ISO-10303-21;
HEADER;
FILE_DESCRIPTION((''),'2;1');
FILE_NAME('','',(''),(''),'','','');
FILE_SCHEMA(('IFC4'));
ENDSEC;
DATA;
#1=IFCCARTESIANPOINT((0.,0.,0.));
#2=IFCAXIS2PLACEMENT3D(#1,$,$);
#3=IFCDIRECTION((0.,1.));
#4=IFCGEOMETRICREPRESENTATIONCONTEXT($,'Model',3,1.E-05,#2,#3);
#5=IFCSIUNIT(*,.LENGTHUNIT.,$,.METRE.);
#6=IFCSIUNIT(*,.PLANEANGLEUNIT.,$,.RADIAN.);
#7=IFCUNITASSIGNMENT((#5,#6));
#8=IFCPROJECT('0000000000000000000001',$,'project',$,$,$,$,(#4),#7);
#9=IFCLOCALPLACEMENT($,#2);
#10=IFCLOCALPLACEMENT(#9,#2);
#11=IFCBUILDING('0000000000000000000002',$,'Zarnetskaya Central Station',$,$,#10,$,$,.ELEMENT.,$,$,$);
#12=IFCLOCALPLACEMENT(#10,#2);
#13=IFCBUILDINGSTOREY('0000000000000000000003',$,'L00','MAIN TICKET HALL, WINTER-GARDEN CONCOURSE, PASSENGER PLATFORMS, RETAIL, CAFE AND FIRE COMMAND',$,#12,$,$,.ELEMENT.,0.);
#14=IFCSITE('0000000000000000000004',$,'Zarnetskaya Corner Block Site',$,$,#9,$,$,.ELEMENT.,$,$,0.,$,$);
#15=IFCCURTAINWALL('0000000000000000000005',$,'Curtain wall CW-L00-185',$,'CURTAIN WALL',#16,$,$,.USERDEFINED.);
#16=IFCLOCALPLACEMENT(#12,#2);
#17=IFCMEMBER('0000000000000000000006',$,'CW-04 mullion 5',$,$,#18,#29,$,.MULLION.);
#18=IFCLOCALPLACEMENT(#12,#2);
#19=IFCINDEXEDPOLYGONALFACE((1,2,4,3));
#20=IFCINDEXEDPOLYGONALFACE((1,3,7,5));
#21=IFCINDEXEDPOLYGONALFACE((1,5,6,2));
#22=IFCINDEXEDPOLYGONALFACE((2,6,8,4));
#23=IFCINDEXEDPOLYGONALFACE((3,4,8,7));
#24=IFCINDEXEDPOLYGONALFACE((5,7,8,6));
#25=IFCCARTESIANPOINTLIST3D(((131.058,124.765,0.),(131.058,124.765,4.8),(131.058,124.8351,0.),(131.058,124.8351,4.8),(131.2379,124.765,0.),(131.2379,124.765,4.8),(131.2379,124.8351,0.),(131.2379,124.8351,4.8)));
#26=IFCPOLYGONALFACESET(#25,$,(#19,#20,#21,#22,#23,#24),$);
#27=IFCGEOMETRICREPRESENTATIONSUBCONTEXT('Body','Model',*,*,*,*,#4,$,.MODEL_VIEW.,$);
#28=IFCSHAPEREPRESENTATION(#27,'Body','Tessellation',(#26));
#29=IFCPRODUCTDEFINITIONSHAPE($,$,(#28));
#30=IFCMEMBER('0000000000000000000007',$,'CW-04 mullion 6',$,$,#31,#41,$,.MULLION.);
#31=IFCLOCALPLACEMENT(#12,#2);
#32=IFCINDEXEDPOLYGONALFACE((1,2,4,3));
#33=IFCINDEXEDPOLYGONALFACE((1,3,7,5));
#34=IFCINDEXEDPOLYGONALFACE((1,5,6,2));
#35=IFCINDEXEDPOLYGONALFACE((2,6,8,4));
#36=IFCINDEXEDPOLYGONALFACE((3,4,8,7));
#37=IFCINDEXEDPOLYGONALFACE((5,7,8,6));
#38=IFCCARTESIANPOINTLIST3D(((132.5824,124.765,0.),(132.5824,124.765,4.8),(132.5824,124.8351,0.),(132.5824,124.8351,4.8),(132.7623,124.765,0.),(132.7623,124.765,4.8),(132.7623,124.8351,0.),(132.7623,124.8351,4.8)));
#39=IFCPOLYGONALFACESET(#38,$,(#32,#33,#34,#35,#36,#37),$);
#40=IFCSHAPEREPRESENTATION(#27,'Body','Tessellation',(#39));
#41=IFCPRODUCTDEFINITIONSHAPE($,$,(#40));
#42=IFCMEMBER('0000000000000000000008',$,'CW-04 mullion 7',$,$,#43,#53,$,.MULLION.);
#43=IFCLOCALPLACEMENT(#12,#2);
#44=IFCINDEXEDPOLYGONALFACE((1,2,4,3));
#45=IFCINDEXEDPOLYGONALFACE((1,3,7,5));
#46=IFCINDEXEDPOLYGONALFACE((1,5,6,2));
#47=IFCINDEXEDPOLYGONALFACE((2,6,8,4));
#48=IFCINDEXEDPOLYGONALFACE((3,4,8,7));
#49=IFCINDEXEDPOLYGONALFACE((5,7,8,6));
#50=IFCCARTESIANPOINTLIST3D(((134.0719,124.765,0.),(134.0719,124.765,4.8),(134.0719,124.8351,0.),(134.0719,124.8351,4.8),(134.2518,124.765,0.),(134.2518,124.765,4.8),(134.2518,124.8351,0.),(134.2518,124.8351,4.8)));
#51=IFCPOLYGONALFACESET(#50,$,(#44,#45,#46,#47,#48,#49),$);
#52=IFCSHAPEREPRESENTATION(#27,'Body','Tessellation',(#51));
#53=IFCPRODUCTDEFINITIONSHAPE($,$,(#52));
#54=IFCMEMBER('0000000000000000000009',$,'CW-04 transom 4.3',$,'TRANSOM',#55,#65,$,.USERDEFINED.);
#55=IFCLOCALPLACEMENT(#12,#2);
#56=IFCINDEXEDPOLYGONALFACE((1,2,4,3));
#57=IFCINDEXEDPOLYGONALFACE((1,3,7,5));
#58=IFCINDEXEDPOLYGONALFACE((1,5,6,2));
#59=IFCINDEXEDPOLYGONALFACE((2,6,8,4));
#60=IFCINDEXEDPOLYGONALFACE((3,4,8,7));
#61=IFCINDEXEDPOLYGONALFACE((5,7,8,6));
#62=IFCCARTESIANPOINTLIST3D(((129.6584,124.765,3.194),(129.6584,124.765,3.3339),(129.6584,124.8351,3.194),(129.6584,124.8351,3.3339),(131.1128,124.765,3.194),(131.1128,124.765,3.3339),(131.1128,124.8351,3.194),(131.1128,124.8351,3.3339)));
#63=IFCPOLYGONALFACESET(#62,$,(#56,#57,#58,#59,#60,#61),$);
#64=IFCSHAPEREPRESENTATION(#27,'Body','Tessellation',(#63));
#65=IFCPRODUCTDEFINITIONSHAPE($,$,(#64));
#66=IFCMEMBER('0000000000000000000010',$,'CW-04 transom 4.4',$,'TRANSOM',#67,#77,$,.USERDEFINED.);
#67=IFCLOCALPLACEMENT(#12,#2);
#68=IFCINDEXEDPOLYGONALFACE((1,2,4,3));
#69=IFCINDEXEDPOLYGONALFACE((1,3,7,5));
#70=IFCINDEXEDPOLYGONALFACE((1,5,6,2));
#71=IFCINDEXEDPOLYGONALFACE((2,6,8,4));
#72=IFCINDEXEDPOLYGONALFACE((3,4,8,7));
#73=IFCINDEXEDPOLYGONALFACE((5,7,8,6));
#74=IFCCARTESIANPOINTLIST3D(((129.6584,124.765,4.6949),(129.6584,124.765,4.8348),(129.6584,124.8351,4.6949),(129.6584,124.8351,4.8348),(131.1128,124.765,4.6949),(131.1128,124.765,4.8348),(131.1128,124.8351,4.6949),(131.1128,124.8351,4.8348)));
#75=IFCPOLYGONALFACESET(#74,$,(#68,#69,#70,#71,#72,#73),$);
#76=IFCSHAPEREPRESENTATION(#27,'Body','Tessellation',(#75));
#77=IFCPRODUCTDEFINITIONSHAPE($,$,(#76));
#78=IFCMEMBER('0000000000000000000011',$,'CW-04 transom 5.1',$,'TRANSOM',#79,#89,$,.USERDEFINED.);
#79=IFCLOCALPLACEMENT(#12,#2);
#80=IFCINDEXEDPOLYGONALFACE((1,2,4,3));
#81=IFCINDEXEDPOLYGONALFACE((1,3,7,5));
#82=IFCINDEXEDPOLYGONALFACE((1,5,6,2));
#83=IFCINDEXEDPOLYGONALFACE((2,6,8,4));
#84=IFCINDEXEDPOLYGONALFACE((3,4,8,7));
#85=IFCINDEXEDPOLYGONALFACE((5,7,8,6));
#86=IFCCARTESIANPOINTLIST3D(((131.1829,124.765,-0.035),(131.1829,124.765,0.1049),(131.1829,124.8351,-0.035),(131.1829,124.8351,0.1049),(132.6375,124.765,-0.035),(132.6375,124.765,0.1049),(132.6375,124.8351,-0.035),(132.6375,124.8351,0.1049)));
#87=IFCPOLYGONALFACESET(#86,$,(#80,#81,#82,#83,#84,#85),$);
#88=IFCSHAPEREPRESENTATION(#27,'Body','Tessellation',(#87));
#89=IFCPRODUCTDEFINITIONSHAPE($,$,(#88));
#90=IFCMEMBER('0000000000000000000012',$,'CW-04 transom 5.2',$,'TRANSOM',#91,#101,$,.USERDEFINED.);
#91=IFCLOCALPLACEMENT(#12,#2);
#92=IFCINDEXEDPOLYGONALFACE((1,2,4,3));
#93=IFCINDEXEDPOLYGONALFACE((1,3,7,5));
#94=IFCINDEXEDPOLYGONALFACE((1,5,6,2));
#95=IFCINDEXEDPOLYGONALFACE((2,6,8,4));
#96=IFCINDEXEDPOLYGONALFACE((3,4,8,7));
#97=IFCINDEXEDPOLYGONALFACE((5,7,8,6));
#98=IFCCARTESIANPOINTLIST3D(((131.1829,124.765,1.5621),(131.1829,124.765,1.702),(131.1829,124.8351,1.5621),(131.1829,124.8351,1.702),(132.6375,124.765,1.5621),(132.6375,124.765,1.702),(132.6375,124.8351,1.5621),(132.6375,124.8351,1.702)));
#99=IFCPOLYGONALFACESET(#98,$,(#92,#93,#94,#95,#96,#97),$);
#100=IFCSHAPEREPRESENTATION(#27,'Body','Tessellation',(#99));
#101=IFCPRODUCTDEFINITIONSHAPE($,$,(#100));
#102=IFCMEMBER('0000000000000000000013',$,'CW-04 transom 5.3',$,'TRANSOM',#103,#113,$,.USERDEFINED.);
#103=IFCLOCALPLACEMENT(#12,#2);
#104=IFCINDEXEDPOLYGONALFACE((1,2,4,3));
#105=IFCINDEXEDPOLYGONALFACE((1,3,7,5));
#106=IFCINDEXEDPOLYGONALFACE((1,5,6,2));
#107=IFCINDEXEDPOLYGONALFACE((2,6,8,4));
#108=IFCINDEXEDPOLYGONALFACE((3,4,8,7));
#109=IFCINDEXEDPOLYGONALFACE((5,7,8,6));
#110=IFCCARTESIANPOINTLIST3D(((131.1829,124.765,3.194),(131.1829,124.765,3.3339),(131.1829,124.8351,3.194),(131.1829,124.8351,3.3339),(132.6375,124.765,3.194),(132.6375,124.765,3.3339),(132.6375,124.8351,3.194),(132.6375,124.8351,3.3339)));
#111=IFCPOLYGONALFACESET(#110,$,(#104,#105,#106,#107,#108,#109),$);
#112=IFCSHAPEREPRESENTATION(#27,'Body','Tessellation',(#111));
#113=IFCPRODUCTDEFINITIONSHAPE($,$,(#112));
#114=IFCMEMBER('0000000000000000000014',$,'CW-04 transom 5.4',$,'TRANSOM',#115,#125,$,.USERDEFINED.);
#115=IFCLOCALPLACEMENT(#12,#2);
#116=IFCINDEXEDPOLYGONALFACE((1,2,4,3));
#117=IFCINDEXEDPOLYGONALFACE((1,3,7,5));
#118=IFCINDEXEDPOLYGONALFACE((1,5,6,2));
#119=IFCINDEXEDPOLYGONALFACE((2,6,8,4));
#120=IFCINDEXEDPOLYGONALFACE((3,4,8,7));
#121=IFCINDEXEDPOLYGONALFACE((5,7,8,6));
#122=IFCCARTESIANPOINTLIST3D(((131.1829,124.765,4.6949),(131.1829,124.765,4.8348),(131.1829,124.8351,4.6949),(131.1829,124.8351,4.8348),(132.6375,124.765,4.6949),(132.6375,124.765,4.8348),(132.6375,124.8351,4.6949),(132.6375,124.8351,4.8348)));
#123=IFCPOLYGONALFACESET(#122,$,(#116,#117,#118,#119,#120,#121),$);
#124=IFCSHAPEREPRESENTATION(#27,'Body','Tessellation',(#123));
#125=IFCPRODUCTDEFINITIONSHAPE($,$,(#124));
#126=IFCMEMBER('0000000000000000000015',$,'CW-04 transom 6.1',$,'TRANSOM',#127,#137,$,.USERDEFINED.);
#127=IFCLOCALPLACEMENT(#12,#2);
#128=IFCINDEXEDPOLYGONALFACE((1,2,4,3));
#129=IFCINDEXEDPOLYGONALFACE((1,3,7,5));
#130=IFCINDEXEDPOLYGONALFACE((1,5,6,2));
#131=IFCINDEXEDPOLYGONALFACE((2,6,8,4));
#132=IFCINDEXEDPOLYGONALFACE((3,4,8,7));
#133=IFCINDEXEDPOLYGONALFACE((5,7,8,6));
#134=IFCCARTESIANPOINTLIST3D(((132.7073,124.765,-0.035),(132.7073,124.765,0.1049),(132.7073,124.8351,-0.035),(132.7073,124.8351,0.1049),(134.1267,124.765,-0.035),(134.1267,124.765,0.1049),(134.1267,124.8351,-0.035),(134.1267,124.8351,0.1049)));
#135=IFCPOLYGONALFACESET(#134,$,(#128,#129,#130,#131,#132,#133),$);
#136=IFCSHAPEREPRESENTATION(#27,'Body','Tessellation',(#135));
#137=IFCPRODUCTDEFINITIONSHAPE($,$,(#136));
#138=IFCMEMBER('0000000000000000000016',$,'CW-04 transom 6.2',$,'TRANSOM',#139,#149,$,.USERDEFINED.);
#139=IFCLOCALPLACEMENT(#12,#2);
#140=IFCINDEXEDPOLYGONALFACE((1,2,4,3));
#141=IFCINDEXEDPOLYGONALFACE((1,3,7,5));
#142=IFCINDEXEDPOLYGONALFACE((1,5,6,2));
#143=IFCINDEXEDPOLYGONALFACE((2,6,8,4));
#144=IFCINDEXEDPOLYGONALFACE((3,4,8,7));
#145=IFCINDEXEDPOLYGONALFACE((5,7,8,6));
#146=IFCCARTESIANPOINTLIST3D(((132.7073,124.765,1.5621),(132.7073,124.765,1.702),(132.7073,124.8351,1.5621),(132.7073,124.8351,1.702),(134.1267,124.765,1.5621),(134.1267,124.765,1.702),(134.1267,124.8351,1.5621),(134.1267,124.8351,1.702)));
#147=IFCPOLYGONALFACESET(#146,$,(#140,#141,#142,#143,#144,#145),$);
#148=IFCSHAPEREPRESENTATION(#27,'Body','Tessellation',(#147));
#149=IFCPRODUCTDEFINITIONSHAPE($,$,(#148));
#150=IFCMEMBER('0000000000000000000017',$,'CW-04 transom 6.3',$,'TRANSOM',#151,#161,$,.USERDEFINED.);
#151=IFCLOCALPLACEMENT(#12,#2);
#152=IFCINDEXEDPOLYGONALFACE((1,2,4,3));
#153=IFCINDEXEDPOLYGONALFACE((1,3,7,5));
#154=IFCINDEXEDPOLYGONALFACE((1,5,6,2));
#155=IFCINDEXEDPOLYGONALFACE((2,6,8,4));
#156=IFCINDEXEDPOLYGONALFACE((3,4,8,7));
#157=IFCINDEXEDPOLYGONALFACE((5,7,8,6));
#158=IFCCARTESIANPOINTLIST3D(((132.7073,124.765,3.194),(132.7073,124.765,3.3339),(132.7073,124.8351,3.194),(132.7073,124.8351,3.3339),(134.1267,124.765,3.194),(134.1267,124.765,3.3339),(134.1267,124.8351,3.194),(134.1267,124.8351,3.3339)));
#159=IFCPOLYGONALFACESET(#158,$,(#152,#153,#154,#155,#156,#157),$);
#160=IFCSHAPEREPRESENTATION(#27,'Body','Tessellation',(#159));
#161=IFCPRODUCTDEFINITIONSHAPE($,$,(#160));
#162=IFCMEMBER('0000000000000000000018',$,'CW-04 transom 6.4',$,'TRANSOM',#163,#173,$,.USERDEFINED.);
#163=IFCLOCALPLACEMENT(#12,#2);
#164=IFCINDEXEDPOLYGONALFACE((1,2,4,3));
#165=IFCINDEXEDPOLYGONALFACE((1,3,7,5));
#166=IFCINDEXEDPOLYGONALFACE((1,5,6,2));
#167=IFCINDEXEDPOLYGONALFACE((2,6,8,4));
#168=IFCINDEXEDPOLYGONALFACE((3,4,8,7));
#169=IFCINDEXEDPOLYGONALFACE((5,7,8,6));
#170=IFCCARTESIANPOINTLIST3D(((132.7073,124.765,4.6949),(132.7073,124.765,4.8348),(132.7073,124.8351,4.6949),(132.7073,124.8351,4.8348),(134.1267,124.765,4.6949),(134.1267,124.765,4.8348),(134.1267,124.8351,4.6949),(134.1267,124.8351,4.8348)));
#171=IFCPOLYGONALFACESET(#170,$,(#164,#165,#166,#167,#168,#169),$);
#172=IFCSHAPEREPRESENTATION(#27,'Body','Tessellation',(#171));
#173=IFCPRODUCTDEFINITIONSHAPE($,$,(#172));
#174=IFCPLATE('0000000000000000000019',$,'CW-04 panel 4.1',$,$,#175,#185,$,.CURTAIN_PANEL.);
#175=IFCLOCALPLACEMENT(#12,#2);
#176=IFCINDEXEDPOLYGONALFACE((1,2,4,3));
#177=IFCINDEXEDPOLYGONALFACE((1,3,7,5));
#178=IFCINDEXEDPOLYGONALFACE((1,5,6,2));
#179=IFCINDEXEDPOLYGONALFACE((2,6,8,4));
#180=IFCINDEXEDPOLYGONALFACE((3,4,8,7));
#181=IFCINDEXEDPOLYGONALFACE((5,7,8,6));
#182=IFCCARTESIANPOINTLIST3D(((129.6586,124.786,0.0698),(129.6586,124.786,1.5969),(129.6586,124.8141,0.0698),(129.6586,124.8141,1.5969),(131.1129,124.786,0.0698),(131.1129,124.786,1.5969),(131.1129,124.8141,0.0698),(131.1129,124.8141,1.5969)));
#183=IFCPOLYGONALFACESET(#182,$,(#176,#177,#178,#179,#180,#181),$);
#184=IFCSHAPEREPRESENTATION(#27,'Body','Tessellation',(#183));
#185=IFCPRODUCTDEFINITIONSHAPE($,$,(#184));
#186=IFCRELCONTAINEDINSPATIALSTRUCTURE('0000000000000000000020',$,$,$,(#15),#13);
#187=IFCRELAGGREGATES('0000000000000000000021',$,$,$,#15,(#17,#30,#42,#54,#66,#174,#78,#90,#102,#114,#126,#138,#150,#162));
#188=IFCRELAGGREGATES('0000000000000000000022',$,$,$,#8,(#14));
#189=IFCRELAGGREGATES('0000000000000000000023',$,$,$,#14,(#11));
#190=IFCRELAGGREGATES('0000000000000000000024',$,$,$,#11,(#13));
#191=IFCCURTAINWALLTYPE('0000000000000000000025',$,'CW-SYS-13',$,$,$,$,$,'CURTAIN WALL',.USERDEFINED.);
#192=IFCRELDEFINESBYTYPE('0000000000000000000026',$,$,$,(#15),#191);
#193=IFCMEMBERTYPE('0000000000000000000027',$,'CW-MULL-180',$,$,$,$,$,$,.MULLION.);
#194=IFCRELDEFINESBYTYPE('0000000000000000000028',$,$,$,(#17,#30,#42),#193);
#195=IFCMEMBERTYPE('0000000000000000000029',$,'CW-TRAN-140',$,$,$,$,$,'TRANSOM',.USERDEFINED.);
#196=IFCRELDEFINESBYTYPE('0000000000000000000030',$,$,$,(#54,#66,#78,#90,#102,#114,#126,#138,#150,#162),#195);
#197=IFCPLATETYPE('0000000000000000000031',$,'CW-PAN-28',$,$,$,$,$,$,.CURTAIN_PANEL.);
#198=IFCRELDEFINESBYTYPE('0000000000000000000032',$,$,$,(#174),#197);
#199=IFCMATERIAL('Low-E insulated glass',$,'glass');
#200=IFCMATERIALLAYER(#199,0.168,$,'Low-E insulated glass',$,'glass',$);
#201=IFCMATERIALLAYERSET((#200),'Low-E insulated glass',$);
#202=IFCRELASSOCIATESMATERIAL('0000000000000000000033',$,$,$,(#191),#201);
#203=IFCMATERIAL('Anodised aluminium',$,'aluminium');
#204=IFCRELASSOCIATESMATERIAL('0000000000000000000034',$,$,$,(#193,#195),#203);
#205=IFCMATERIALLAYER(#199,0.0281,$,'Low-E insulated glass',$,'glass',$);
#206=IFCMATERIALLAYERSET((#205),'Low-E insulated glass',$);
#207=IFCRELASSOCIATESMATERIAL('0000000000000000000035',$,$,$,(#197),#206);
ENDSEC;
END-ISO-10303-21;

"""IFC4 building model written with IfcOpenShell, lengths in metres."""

from ifc_helpers import new_model, si_unit, direction, frame, origin, origin_2d, place, context, subcontext, project, spatial, rectangle, extrude, material, layer, layer_set, material_profile, profile_set, type_object, element, aggregate, save


model = new_model("IFC4")

# Units and contexts
model_context = context("Model", 3, precision=1e-05, world=origin(), true_north=direction((0.0, 1.0)))
body_context = subcontext(model_context, "Body", "Model", "MODEL_VIEW")
ifc_project = project(units=[si_unit("LENGTHUNIT", "METRE"), si_unit("PLANEANGLEUNIT", "RADIAN")], contexts=[model_context])

# Site, building, storey
site_placement = place(None, origin())
site = spatial("IfcSite", under=ifc_project, at=site_placement, Name="Zarnetskaya Corner Block Site", CompositionType="ELEMENT", RefElevation=0.0)
building_placement = place(site_placement, origin())
building = spatial("IfcBuilding", under=site, at=building_placement, Name="Zarnetskaya Central Station", CompositionType="ELEMENT")
storey_placement = place(building_placement, origin())
storey = spatial("IfcBuildingStorey", under=building, at=storey_placement, Name="L00", Description="MAIN TICKET HALL, WINTER-GARDEN CONCOURSE, PASSENGER PLATFORMS, RETAIL, CAFE AND FIRE COMMAND", CompositionType="ELEMENT", Elevation=0.0)

# Curtain wall, members, plate
ifc_material_1 = material(Name="Low-E insulated glass", Category="glass")
ifc_layer_1 = layer(ifc_material_1, 0.168, Name="Low-E insulated glass", Category="glass")
ifc_layer_set_1 = layer_set([ifc_layer_1], Name="Low-E insulated glass")
curtain_wall_type = type_object("IfcCurtainWallType", Name="CW-SYS-13", ElementType="CURTAIN WALL", PredefinedType="USERDEFINED", material=ifc_layer_set_1)
curtain_wall_placement = place(storey_placement, origin())
curtain_wall = element("IfcCurtainWall", 1, at=curtain_wall_placement, inside=storey, type_object=curtain_wall_type, Name="Curtain wall CW-L00-185", ObjectType="CURTAIN WALL", PredefinedType="USERDEFINED")
ifc_material_2 = material(Name="Anodised aluminium", Category="aluminium")
ifc_material_profile_1 = material_profile(ifc_material_2, rectangle(XDim=0.0701, YDim=0.1799, at=origin_2d()), Name="ALU MULL 70x180")
ifc_profile_set_1 = profile_set([ifc_material_profile_1], Name="Anodised aluminium")
member_type_1 = type_object("IfcMemberType", Name="CW-MULL-180", PredefinedType="MULLION", material=ifc_profile_set_1)
member_1_placement = place(storey_placement, frame((131.1479, 124.8, 0.0), z_axis=(0.0, 0.0, 1.0), x_axis=(0.0, 1.0, 0.0)))
member_1 = element("IfcMember", 2, at=member_1_placement, type_object=member_type_1, Name="CW-04 mullion 5", PredefinedType="MULLION", context=body_context, shape_type="SweptSolid", body=[
    extrude(rectangle(XDim=0.0701, YDim=0.1799, at=origin_2d()), origin(), (0.0, 0.0, 1.0), 4.8),
])
member_2_placement = place(storey_placement, frame((132.6724, 124.8, 0.0), z_axis=(0.0, 0.0, 1.0), x_axis=(0.0, 1.0, 0.0)))
member_2 = element("IfcMember", 3, at=member_2_placement, type_object=member_type_1, Name="CW-04 mullion 6", PredefinedType="MULLION", context=body_context, shape_type="SweptSolid", body=[
    extrude(rectangle(XDim=0.0701, YDim=0.1799, at=origin_2d()), origin(), (0.0, 0.0, 1.0), 4.8),
])
member_3_placement = place(storey_placement, frame((134.1619, 124.8, 0.0), z_axis=(0.0, 0.0, 1.0), x_axis=(0.0, 1.0, 0.0)))
member_3 = element("IfcMember", 4, at=member_3_placement, type_object=member_type_1, Name="CW-04 mullion 7", PredefinedType="MULLION", context=body_context, shape_type="SweptSolid", body=[
    extrude(rectangle(XDim=0.0701, YDim=0.1799, at=origin_2d()), origin(), (0.0, 0.0, 1.0), 4.8),
])
ifc_material_profile_2 = material_profile(ifc_material_2, rectangle(XDim=0.0701, YDim=0.1399, at=origin_2d()), Name="ALU TRAN 70x140")
ifc_profile_set_2 = profile_set([ifc_material_profile_2], Name="Anodised aluminium")
member_type_2 = type_object("IfcMemberType", Name="CW-TRAN-140", ElementType="TRANSOM", PredefinedType="USERDEFINED", material=ifc_profile_set_2)
member_4_placement = place(storey_placement, frame((129.6584, 124.8, 3.2639), z_axis=(1.0, 0.0, 0.0), x_axis=(0.0, 1.0, 0.0)))
member_4 = element("IfcMember", 5, at=member_4_placement, type_object=member_type_2, Name="CW-04 transom 4.3", ObjectType="TRANSOM", PredefinedType="USERDEFINED", context=body_context, shape_type="SweptSolid", body=[
    extrude(rectangle(XDim=0.0701, YDim=0.1399, at=origin_2d()), origin(), (0.0, 0.0, 1.0), 1.4543),
])
member_5_placement = place(storey_placement, frame((129.6584, 124.8, 4.7649), z_axis=(1.0, 0.0, 0.0), x_axis=(0.0, 1.0, 0.0)))
member_5 = element("IfcMember", 6, at=member_5_placement, type_object=member_type_2, Name="CW-04 transom 4.4", ObjectType="TRANSOM", PredefinedType="USERDEFINED", context=body_context, shape_type="SweptSolid", body=[
    extrude(rectangle(XDim=0.0701, YDim=0.1399, at=origin_2d()), origin(), (0.0, 0.0, 1.0), 1.4543),
])
member_6_placement = place(storey_placement, frame((131.1829, 124.8, 0.0349), z_axis=(1.0, 0.0, 0.0), x_axis=(0.0, 1.0, 0.0)))
member_6 = element("IfcMember", 7, at=member_6_placement, type_object=member_type_2, Name="CW-04 transom 5.1", ObjectType="TRANSOM", PredefinedType="USERDEFINED", context=body_context, shape_type="SweptSolid", body=[
    extrude(rectangle(XDim=0.0701, YDim=0.1399, at=origin_2d()), origin(), (0.0, 0.0, 1.0), 1.4546),
])
member_7_placement = place(storey_placement, frame((131.1829, 124.8, 1.6321), z_axis=(1.0, 0.0, 0.0), x_axis=(0.0, 1.0, 0.0)))
member_7 = element("IfcMember", 8, at=member_7_placement, type_object=member_type_2, Name="CW-04 transom 5.2", ObjectType="TRANSOM", PredefinedType="USERDEFINED", context=body_context, shape_type="SweptSolid", body=[
    extrude(rectangle(XDim=0.0701, YDim=0.1399, at=origin_2d()), origin(), (0.0, 0.0, 1.0), 1.4546),
])
member_8_placement = place(storey_placement, frame((131.1829, 124.8, 3.2639), z_axis=(1.0, 0.0, 0.0), x_axis=(0.0, 1.0, 0.0)))
member_8 = element("IfcMember", 9, at=member_8_placement, type_object=member_type_2, Name="CW-04 transom 5.3", ObjectType="TRANSOM", PredefinedType="USERDEFINED", context=body_context, shape_type="SweptSolid", body=[
    extrude(rectangle(XDim=0.0701, YDim=0.1399, at=origin_2d()), origin(), (0.0, 0.0, 1.0), 1.4546),
])
member_9_placement = place(storey_placement, frame((131.1829, 124.8, 4.7649), z_axis=(1.0, 0.0, 0.0), x_axis=(0.0, 1.0, 0.0)))
member_9 = element("IfcMember", 10, at=member_9_placement, type_object=member_type_2, Name="CW-04 transom 5.4", ObjectType="TRANSOM", PredefinedType="USERDEFINED", context=body_context, shape_type="SweptSolid", body=[
    extrude(rectangle(XDim=0.0701, YDim=0.1399, at=origin_2d()), origin(), (0.0, 0.0, 1.0), 1.4546),
])
member_10_placement = place(storey_placement, frame((132.7073, 124.8, 0.0349), z_axis=(1.0, 0.0, 0.0), x_axis=(0.0, 1.0, 0.0)))
member_10 = element("IfcMember", 11, at=member_10_placement, type_object=member_type_2, Name="CW-04 transom 6.1", ObjectType="TRANSOM", PredefinedType="USERDEFINED", context=body_context, shape_type="SweptSolid", body=[
    extrude(rectangle(XDim=0.0701, YDim=0.1399, at=origin_2d()), origin(), (0.0, 0.0, 1.0), 1.4194),
])
member_11_placement = place(storey_placement, frame((132.7073, 124.8, 1.6321), z_axis=(1.0, 0.0, 0.0), x_axis=(0.0, 1.0, 0.0)))
member_11 = element("IfcMember", 12, at=member_11_placement, type_object=member_type_2, Name="CW-04 transom 6.2", ObjectType="TRANSOM", PredefinedType="USERDEFINED", context=body_context, shape_type="SweptSolid", body=[
    extrude(rectangle(XDim=0.0701, YDim=0.1399, at=origin_2d()), origin(), (0.0, 0.0, 1.0), 1.4194),
])
member_12_placement = place(storey_placement, frame((132.7073, 124.8, 3.2639), z_axis=(1.0, 0.0, 0.0), x_axis=(0.0, 1.0, 0.0)))
member_12 = element("IfcMember", 13, at=member_12_placement, type_object=member_type_2, Name="CW-04 transom 6.3", ObjectType="TRANSOM", PredefinedType="USERDEFINED", context=body_context, shape_type="SweptSolid", body=[
    extrude(rectangle(XDim=0.0701, YDim=0.1399, at=origin_2d()), origin(), (0.0, 0.0, 1.0), 1.4194),
])
member_13_placement = place(storey_placement, frame((132.7073, 124.8, 4.7649), z_axis=(1.0, 0.0, 0.0), x_axis=(0.0, 1.0, 0.0)))
member_13 = element("IfcMember", 14, at=member_13_placement, type_object=member_type_2, Name="CW-04 transom 6.4", ObjectType="TRANSOM", PredefinedType="USERDEFINED", context=body_context, shape_type="SweptSolid", body=[
    extrude(rectangle(XDim=0.0701, YDim=0.1399, at=origin_2d()), origin(), (0.0, 0.0, 1.0), 1.4194),
])
ifc_layer_2 = layer(ifc_material_1, 0.0281, Name="Low-E insulated glass", Category="glass")
ifc_layer_set_2 = layer_set([ifc_layer_2], Name="Low-E insulated glass")
plate_type = type_object("IfcPlateType", Name="CW-PAN-28", PredefinedType="CURTAIN_PANEL", material=ifc_layer_set_2)
plate_1_placement = place(storey_placement, frame((130.3857, 124.8, 0.0698), z_axis=(0.0, 0.0, 1.0), x_axis=(1.0, 0.0, 0.0)))
plate_1 = element("IfcPlate", 15, at=plate_1_placement, type_object=plate_type, Name="CW-04 panel 4.1", PredefinedType="CURTAIN_PANEL", context=body_context, shape_type="SweptSolid", body=[
    extrude(rectangle(XDim=1.4543, YDim=0.0281, at=origin_2d()), origin(), (0.0, 0.0, 1.0), 1.5271),
])
aggregate(curtain_wall, [member_1, member_2, member_3, member_4, member_5, plate_1, member_6, member_7, member_8, member_9, member_10, member_11, member_12, member_13])

save(model, "model.ifc")
